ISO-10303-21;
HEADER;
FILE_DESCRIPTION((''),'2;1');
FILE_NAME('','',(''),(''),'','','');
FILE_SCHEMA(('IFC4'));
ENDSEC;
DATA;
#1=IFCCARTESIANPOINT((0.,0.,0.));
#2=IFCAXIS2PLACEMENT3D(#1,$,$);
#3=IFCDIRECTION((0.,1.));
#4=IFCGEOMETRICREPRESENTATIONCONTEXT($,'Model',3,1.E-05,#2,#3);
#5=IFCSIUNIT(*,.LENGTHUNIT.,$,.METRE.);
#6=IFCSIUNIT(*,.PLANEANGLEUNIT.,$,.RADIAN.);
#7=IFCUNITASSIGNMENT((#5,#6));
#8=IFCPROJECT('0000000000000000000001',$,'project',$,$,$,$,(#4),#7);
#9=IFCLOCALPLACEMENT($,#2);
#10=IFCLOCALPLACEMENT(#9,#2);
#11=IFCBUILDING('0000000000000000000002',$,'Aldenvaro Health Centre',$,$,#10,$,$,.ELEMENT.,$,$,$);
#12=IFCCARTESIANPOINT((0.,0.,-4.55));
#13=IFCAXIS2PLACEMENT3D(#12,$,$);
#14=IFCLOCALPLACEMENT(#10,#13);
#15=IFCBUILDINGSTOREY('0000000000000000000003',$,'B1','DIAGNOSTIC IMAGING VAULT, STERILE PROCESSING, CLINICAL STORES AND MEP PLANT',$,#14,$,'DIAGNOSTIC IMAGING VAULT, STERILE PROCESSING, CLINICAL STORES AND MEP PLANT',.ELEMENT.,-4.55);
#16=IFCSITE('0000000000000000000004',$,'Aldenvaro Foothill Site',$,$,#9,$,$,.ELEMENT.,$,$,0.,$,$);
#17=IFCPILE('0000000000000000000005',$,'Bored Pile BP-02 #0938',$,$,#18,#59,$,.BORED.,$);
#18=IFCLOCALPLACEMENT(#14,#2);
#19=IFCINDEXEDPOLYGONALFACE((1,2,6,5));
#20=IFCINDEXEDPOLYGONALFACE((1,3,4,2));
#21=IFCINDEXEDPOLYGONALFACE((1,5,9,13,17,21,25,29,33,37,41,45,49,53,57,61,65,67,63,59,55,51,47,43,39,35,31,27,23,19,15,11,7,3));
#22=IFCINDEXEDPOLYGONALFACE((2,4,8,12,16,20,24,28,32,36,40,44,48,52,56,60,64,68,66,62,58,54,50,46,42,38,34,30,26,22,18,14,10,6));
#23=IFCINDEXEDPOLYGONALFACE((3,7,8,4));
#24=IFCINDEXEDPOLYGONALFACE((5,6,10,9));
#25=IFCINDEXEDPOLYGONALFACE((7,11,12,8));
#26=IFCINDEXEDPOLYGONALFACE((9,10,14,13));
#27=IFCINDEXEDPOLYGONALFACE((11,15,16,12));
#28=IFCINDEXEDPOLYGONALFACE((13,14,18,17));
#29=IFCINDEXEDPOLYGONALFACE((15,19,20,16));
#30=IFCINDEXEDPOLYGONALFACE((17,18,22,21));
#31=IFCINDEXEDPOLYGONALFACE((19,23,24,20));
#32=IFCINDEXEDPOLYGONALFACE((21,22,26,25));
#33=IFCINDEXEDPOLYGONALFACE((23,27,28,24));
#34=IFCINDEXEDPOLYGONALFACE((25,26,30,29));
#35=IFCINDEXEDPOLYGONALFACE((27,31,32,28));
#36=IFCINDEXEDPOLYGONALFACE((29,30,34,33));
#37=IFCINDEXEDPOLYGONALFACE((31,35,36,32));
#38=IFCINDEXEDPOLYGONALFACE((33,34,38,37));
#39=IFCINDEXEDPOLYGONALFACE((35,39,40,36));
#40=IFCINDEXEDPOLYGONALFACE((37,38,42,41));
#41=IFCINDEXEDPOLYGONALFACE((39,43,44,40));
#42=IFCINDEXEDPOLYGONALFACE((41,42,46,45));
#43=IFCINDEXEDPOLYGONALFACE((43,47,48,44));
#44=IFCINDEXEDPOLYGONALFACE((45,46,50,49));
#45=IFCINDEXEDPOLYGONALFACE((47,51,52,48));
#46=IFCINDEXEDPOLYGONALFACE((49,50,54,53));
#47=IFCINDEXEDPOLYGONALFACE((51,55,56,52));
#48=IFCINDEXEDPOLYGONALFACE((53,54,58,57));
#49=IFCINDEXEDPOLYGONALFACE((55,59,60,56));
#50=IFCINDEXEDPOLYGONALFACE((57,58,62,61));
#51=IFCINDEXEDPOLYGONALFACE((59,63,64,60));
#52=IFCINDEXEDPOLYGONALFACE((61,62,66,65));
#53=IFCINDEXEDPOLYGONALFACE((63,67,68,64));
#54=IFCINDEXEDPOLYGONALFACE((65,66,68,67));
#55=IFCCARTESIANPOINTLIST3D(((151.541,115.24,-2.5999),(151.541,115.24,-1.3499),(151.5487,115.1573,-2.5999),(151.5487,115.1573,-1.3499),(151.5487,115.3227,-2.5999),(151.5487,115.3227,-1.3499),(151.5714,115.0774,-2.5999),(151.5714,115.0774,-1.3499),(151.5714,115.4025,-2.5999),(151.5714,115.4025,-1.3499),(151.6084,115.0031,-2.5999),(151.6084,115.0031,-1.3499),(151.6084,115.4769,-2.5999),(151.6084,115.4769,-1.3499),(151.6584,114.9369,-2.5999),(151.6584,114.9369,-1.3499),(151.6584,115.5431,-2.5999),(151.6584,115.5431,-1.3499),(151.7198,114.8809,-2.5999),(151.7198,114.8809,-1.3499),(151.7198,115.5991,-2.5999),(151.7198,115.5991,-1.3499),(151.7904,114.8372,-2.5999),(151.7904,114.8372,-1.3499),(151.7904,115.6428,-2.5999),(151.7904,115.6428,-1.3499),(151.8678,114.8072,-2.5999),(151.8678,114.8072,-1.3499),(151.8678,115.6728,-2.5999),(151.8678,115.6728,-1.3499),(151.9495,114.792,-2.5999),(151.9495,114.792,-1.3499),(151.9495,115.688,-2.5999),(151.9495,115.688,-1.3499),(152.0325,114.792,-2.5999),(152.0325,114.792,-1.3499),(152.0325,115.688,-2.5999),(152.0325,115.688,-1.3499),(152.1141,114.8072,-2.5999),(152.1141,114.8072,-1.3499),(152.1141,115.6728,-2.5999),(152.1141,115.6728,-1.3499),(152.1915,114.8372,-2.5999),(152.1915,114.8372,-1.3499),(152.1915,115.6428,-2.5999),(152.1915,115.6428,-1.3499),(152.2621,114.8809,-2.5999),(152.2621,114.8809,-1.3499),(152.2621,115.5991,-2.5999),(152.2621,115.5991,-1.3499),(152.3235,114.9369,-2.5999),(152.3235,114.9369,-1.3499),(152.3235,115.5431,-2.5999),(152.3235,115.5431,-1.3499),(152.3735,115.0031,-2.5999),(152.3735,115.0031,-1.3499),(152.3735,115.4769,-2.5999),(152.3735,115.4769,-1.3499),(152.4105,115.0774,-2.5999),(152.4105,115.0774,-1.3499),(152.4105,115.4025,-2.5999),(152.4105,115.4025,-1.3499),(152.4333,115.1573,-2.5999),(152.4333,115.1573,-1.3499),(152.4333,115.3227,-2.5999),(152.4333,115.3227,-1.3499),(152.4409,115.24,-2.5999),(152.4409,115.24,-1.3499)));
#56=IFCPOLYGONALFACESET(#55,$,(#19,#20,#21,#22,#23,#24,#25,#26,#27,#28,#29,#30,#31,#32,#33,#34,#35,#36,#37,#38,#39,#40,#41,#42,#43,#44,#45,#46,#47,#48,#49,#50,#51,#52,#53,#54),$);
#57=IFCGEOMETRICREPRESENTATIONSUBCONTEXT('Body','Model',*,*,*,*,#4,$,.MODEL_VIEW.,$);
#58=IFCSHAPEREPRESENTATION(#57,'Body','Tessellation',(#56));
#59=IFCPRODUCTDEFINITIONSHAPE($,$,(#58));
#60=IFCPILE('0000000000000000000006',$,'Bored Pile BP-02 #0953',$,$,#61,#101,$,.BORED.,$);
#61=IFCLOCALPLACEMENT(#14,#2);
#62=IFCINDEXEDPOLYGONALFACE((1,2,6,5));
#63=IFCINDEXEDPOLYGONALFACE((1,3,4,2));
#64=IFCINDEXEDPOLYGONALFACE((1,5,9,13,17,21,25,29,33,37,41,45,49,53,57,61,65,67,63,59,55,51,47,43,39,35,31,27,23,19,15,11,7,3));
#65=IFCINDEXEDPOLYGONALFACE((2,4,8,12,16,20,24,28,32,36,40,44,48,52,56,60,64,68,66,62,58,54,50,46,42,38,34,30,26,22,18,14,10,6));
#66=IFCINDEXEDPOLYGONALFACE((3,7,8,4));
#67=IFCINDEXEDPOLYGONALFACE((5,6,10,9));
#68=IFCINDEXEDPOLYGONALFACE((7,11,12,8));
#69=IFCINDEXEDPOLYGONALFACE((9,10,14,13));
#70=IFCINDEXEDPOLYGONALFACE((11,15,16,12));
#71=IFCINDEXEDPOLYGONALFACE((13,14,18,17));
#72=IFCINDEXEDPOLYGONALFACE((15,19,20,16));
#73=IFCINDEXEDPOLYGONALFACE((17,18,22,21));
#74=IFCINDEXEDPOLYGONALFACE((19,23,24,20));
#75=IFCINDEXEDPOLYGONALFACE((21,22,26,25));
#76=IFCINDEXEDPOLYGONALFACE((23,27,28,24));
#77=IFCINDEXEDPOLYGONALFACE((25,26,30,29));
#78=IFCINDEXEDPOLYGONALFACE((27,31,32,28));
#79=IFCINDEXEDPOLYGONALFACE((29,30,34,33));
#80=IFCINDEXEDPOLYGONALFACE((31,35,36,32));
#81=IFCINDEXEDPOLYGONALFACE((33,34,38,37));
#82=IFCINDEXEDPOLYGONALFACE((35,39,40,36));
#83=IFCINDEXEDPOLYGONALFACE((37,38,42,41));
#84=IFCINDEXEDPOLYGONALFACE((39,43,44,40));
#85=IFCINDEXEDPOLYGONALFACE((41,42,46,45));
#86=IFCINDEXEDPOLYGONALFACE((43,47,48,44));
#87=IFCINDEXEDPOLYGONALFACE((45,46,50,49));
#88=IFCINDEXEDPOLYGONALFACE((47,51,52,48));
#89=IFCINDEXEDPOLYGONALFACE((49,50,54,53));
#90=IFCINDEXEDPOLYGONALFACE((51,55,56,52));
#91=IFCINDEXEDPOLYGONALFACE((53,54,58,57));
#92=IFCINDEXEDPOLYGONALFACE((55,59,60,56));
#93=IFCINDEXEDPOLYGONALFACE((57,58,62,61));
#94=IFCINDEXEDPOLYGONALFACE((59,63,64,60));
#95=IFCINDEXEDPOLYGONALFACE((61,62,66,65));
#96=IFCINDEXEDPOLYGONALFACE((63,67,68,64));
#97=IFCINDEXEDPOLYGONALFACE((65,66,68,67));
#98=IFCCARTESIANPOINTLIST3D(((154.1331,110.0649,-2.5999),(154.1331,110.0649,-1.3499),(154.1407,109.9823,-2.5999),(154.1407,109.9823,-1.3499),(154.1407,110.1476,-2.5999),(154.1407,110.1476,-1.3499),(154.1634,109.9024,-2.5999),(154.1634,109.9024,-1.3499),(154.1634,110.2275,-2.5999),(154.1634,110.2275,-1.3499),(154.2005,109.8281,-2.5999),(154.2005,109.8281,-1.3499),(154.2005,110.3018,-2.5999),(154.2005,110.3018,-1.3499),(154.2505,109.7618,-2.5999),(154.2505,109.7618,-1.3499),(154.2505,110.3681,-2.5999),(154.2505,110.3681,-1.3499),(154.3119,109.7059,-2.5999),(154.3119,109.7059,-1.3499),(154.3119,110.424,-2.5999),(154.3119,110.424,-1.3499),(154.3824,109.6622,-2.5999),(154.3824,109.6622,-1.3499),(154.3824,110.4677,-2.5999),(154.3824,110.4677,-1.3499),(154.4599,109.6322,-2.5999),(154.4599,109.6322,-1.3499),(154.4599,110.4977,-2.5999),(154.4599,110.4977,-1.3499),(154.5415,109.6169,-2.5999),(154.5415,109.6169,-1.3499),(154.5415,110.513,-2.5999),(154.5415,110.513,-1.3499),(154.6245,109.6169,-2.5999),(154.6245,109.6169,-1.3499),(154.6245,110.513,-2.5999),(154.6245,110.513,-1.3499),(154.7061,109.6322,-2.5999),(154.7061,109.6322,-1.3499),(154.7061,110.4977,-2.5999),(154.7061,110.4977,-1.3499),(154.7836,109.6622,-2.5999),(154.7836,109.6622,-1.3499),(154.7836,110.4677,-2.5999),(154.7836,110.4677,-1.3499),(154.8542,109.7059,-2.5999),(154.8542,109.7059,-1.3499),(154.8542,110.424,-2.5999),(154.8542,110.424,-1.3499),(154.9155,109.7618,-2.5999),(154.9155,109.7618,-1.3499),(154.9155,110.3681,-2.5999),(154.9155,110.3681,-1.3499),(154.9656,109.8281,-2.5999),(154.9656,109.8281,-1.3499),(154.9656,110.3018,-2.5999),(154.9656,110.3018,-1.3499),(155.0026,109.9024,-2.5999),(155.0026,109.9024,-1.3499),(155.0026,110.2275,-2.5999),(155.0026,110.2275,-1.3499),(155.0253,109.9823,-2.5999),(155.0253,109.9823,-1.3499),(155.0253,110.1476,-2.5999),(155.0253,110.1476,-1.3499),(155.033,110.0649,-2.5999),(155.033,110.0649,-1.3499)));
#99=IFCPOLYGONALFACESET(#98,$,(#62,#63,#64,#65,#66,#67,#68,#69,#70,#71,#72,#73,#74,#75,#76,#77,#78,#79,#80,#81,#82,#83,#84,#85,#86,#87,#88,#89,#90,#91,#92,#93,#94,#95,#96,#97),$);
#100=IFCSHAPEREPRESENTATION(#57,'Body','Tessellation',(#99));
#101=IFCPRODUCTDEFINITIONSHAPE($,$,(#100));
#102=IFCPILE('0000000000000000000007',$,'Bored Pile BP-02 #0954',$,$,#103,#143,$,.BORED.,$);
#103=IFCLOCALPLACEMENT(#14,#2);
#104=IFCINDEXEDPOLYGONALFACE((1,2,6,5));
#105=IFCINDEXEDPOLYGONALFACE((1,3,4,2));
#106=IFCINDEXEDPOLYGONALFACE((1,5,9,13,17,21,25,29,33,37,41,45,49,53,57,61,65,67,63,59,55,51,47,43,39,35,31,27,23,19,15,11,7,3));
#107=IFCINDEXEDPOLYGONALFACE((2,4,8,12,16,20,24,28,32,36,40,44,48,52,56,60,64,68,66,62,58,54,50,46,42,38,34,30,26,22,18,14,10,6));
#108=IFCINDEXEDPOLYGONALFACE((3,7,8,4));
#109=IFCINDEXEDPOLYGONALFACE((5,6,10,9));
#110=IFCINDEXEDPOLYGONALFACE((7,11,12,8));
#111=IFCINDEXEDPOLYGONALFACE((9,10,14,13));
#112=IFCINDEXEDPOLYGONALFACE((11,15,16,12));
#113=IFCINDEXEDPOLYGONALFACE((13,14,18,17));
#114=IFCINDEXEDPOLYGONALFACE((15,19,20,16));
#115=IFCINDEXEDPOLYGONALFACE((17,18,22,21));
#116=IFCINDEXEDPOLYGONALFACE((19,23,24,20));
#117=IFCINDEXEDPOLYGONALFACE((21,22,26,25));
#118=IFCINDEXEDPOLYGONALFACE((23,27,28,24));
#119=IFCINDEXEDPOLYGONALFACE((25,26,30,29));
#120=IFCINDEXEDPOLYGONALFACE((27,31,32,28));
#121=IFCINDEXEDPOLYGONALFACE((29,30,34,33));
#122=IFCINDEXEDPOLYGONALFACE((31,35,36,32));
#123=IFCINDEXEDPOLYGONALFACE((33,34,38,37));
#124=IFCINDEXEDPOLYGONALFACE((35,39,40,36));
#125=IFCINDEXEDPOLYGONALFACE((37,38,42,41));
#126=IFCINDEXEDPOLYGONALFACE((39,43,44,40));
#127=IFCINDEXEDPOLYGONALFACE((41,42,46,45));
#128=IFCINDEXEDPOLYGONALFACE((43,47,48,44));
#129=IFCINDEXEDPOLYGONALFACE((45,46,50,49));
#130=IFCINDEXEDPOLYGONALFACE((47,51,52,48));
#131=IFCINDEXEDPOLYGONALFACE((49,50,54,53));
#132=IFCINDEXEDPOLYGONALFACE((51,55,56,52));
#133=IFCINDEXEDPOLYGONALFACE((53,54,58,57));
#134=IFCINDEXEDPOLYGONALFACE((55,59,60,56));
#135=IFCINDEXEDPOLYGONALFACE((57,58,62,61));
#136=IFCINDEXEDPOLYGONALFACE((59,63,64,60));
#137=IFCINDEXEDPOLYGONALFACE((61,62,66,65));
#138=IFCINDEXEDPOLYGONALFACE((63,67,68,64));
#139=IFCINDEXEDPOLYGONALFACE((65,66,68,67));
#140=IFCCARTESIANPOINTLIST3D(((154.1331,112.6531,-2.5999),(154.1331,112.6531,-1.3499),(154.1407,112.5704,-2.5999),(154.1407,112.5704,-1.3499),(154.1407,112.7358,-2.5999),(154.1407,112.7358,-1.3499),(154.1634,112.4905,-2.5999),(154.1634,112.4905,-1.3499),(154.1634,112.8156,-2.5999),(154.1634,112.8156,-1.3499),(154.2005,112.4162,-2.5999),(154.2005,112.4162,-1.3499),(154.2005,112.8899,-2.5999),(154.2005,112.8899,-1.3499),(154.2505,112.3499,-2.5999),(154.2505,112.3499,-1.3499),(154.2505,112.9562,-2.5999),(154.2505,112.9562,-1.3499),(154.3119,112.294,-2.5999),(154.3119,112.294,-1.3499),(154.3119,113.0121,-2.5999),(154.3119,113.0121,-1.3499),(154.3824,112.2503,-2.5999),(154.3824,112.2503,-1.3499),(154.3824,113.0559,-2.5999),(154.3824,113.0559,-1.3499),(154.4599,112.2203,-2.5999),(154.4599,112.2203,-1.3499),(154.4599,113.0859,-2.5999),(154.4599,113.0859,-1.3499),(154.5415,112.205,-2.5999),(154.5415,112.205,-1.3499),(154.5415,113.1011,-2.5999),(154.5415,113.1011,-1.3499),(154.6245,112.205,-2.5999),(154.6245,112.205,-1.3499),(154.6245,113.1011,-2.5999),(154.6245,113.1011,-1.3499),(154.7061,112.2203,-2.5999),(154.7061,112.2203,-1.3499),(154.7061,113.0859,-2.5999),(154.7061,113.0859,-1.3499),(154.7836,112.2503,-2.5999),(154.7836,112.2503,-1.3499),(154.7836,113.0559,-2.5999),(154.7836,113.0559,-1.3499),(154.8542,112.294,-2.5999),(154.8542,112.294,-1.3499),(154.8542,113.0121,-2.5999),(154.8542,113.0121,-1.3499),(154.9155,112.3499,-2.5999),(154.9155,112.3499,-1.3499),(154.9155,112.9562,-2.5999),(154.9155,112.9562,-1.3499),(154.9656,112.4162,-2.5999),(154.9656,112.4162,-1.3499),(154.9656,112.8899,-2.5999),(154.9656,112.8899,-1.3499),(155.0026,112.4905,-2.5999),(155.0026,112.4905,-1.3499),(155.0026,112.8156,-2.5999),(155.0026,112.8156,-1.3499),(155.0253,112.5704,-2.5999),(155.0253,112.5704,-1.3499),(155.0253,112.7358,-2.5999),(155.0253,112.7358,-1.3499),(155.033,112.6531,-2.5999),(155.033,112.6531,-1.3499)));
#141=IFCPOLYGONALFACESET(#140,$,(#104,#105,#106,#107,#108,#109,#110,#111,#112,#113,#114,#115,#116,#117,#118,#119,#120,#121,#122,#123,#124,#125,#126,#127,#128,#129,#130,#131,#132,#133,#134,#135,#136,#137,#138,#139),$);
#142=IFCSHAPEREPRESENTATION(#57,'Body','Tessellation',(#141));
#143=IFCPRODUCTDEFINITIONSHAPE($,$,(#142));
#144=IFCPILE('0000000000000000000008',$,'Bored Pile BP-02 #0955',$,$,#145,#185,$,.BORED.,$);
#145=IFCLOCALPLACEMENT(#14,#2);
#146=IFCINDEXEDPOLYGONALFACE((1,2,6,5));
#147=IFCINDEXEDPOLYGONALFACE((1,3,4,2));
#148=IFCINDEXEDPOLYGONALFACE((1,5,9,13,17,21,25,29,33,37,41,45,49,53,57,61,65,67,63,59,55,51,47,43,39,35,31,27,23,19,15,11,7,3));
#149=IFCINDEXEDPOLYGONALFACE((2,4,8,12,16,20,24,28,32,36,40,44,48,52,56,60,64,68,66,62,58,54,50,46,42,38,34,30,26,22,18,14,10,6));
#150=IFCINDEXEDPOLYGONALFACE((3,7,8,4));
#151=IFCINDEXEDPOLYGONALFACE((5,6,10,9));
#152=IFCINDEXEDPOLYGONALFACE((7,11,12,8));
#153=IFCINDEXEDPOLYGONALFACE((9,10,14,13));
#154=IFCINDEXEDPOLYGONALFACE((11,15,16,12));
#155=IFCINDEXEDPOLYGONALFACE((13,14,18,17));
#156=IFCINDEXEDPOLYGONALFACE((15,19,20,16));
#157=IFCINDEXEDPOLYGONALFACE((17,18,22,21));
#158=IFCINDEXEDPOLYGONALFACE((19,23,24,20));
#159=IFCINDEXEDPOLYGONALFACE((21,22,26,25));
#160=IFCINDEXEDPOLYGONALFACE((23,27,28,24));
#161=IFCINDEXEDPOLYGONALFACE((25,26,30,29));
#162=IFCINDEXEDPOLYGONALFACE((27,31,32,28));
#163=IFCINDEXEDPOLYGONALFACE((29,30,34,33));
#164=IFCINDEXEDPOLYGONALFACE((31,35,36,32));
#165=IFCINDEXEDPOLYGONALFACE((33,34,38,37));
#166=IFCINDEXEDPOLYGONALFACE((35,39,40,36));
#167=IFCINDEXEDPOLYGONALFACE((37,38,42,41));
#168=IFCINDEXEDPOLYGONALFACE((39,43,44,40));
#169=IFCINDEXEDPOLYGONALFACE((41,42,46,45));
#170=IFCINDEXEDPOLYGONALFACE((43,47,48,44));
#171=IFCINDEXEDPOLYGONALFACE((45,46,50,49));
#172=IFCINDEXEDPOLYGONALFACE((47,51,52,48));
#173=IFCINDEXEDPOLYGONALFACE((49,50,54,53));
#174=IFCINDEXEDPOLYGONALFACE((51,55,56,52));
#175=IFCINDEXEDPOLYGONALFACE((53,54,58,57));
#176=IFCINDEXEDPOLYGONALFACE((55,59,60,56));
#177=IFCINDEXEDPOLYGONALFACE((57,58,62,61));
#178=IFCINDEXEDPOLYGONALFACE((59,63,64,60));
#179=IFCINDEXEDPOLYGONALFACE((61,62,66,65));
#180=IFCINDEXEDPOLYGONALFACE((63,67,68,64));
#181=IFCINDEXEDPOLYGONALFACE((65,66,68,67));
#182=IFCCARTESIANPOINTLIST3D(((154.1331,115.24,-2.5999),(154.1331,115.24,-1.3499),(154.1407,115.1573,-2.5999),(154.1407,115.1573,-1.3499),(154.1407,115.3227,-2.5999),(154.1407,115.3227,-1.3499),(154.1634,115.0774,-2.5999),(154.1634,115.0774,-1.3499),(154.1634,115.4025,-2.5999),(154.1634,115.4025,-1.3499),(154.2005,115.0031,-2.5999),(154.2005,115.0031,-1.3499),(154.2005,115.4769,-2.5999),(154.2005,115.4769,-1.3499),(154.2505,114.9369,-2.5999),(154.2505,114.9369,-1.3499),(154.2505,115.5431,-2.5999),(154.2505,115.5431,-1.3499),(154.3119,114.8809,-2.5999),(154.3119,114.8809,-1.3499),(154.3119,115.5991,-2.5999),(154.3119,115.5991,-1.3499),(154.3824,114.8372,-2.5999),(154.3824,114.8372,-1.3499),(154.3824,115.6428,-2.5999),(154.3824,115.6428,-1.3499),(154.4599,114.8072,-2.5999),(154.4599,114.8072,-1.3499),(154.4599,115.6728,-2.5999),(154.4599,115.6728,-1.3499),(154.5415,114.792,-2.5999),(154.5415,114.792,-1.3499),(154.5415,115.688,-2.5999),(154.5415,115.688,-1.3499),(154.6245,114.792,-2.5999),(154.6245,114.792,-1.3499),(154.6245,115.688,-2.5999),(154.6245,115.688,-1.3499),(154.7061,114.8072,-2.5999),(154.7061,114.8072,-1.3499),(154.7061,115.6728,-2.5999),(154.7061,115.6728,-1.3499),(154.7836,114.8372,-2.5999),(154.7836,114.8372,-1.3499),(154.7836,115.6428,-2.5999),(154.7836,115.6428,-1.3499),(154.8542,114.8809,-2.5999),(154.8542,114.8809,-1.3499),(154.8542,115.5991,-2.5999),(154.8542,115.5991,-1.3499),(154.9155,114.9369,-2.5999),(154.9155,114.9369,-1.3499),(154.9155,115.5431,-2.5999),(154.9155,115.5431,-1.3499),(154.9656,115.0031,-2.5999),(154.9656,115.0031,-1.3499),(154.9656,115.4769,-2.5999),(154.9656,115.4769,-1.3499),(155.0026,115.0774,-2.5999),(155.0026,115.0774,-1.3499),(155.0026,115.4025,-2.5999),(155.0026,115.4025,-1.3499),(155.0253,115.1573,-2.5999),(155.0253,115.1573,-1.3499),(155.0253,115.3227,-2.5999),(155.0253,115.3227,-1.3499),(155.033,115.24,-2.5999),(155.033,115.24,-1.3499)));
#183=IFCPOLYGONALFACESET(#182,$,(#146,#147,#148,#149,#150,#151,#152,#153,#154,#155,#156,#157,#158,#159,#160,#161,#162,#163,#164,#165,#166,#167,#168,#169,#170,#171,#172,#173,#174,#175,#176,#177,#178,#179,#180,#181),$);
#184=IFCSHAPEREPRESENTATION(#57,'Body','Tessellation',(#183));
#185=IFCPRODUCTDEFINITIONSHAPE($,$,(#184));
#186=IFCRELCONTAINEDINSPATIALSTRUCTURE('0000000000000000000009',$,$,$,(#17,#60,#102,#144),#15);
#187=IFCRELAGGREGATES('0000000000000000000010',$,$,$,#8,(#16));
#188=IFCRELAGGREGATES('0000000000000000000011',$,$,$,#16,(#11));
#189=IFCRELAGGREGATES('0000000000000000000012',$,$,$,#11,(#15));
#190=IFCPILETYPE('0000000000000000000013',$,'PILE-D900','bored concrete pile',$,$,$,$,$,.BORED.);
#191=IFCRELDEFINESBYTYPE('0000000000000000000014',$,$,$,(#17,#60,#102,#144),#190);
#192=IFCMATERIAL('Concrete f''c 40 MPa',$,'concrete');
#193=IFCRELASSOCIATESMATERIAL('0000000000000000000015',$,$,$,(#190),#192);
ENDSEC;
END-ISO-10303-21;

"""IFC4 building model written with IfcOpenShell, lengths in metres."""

from ifc_helpers import new_model, si_unit, direction, frame, origin, origin_2d, place, context, subcontext, project, spatial, circle, extrude, material, material_profile, profile_set, type_object, element, save


model = new_model("IFC4")

# Units and contexts
model_context = context("Model", 3, precision=1e-05, world=origin(), true_north=direction((0.0, 1.0)))
body_context = subcontext(model_context, "Body", "Model", "MODEL_VIEW")
ifc_project = project(units=[si_unit("LENGTHUNIT", "METRE"), si_unit("PLANEANGLEUNIT", "RADIAN")], contexts=[model_context])

# Site, building, storey
site_placement = place(None, origin())
site = spatial("IfcSite", under=ifc_project, at=site_placement, Name="Aldenvaro Foothill Site", CompositionType="ELEMENT", RefElevation=0.0)
building_placement = place(site_placement, origin())
building = spatial("IfcBuilding", under=site, at=building_placement, Name="Aldenvaro Health Centre", CompositionType="ELEMENT")
storey_placement = place(building_placement, frame((0.0, 0.0, -4.55)))
storey = spatial("IfcBuildingStorey", under=building, at=storey_placement, Name="B1", Description="DIAGNOSTIC IMAGING VAULT, STERILE PROCESSING, CLINICAL STORES AND MEP PLANT", LongName="DIAGNOSTIC IMAGING VAULT, STERILE PROCESSING, CLINICAL STORES AND MEP PLANT", CompositionType="ELEMENT", Elevation=-4.55)

# Piles
ifc_material_1 = material(Name="Concrete f'c 40 MPa", Category="concrete")
ifc_material_profile_1 = material_profile(ifc_material_1, circle(Radius=0.45, at=origin_2d()), Name="PILE D900", Category="concrete")
ifc_profile_set_1 = profile_set([ifc_material_profile_1], Name="Concrete f'c 40 MPa")
pile_type = type_object("IfcPileType", Name="PILE-D900", Description="bored concrete pile", PredefinedType="BORED", material=ifc_profile_set_1)
for number, where, z_axis, x_axis, name in (
    (1, (151.991, 115.24, -1.3499), (0.0, 0.0, -1.0), (1.0, 0.0, 0.0), "Bored Pile BP-02 #0938"),
    (2, (154.583, 110.0649, -1.3499), (0.0, 0.0, -1.0), (1.0, 0.0, 0.0), "Bored Pile BP-02 #0953"),
    (3, (154.583, 112.6531, -1.3499), (0.0, 0.0, -1.0), (1.0, 0.0, 0.0), "Bored Pile BP-02 #0954"),
    (4, (154.583, 115.24, -1.3499), (0.0, 0.0, -1.0), (1.0, 0.0, 0.0), "Bored Pile BP-02 #0955"),
):
    element("IfcPile", number, at=place(storey_placement, frame(where, z_axis=z_axis, x_axis=x_axis)), inside=storey, type_object=pile_type, Name=name, PredefinedType="BORED", context=body_context, shape_type="SweptSolid", body=[
        extrude(circle(Radius=0.45, at=origin_2d()), origin(), (0.0, 0.0, 1.0), 1.25),
    ])

save(model, "model.ifc")
